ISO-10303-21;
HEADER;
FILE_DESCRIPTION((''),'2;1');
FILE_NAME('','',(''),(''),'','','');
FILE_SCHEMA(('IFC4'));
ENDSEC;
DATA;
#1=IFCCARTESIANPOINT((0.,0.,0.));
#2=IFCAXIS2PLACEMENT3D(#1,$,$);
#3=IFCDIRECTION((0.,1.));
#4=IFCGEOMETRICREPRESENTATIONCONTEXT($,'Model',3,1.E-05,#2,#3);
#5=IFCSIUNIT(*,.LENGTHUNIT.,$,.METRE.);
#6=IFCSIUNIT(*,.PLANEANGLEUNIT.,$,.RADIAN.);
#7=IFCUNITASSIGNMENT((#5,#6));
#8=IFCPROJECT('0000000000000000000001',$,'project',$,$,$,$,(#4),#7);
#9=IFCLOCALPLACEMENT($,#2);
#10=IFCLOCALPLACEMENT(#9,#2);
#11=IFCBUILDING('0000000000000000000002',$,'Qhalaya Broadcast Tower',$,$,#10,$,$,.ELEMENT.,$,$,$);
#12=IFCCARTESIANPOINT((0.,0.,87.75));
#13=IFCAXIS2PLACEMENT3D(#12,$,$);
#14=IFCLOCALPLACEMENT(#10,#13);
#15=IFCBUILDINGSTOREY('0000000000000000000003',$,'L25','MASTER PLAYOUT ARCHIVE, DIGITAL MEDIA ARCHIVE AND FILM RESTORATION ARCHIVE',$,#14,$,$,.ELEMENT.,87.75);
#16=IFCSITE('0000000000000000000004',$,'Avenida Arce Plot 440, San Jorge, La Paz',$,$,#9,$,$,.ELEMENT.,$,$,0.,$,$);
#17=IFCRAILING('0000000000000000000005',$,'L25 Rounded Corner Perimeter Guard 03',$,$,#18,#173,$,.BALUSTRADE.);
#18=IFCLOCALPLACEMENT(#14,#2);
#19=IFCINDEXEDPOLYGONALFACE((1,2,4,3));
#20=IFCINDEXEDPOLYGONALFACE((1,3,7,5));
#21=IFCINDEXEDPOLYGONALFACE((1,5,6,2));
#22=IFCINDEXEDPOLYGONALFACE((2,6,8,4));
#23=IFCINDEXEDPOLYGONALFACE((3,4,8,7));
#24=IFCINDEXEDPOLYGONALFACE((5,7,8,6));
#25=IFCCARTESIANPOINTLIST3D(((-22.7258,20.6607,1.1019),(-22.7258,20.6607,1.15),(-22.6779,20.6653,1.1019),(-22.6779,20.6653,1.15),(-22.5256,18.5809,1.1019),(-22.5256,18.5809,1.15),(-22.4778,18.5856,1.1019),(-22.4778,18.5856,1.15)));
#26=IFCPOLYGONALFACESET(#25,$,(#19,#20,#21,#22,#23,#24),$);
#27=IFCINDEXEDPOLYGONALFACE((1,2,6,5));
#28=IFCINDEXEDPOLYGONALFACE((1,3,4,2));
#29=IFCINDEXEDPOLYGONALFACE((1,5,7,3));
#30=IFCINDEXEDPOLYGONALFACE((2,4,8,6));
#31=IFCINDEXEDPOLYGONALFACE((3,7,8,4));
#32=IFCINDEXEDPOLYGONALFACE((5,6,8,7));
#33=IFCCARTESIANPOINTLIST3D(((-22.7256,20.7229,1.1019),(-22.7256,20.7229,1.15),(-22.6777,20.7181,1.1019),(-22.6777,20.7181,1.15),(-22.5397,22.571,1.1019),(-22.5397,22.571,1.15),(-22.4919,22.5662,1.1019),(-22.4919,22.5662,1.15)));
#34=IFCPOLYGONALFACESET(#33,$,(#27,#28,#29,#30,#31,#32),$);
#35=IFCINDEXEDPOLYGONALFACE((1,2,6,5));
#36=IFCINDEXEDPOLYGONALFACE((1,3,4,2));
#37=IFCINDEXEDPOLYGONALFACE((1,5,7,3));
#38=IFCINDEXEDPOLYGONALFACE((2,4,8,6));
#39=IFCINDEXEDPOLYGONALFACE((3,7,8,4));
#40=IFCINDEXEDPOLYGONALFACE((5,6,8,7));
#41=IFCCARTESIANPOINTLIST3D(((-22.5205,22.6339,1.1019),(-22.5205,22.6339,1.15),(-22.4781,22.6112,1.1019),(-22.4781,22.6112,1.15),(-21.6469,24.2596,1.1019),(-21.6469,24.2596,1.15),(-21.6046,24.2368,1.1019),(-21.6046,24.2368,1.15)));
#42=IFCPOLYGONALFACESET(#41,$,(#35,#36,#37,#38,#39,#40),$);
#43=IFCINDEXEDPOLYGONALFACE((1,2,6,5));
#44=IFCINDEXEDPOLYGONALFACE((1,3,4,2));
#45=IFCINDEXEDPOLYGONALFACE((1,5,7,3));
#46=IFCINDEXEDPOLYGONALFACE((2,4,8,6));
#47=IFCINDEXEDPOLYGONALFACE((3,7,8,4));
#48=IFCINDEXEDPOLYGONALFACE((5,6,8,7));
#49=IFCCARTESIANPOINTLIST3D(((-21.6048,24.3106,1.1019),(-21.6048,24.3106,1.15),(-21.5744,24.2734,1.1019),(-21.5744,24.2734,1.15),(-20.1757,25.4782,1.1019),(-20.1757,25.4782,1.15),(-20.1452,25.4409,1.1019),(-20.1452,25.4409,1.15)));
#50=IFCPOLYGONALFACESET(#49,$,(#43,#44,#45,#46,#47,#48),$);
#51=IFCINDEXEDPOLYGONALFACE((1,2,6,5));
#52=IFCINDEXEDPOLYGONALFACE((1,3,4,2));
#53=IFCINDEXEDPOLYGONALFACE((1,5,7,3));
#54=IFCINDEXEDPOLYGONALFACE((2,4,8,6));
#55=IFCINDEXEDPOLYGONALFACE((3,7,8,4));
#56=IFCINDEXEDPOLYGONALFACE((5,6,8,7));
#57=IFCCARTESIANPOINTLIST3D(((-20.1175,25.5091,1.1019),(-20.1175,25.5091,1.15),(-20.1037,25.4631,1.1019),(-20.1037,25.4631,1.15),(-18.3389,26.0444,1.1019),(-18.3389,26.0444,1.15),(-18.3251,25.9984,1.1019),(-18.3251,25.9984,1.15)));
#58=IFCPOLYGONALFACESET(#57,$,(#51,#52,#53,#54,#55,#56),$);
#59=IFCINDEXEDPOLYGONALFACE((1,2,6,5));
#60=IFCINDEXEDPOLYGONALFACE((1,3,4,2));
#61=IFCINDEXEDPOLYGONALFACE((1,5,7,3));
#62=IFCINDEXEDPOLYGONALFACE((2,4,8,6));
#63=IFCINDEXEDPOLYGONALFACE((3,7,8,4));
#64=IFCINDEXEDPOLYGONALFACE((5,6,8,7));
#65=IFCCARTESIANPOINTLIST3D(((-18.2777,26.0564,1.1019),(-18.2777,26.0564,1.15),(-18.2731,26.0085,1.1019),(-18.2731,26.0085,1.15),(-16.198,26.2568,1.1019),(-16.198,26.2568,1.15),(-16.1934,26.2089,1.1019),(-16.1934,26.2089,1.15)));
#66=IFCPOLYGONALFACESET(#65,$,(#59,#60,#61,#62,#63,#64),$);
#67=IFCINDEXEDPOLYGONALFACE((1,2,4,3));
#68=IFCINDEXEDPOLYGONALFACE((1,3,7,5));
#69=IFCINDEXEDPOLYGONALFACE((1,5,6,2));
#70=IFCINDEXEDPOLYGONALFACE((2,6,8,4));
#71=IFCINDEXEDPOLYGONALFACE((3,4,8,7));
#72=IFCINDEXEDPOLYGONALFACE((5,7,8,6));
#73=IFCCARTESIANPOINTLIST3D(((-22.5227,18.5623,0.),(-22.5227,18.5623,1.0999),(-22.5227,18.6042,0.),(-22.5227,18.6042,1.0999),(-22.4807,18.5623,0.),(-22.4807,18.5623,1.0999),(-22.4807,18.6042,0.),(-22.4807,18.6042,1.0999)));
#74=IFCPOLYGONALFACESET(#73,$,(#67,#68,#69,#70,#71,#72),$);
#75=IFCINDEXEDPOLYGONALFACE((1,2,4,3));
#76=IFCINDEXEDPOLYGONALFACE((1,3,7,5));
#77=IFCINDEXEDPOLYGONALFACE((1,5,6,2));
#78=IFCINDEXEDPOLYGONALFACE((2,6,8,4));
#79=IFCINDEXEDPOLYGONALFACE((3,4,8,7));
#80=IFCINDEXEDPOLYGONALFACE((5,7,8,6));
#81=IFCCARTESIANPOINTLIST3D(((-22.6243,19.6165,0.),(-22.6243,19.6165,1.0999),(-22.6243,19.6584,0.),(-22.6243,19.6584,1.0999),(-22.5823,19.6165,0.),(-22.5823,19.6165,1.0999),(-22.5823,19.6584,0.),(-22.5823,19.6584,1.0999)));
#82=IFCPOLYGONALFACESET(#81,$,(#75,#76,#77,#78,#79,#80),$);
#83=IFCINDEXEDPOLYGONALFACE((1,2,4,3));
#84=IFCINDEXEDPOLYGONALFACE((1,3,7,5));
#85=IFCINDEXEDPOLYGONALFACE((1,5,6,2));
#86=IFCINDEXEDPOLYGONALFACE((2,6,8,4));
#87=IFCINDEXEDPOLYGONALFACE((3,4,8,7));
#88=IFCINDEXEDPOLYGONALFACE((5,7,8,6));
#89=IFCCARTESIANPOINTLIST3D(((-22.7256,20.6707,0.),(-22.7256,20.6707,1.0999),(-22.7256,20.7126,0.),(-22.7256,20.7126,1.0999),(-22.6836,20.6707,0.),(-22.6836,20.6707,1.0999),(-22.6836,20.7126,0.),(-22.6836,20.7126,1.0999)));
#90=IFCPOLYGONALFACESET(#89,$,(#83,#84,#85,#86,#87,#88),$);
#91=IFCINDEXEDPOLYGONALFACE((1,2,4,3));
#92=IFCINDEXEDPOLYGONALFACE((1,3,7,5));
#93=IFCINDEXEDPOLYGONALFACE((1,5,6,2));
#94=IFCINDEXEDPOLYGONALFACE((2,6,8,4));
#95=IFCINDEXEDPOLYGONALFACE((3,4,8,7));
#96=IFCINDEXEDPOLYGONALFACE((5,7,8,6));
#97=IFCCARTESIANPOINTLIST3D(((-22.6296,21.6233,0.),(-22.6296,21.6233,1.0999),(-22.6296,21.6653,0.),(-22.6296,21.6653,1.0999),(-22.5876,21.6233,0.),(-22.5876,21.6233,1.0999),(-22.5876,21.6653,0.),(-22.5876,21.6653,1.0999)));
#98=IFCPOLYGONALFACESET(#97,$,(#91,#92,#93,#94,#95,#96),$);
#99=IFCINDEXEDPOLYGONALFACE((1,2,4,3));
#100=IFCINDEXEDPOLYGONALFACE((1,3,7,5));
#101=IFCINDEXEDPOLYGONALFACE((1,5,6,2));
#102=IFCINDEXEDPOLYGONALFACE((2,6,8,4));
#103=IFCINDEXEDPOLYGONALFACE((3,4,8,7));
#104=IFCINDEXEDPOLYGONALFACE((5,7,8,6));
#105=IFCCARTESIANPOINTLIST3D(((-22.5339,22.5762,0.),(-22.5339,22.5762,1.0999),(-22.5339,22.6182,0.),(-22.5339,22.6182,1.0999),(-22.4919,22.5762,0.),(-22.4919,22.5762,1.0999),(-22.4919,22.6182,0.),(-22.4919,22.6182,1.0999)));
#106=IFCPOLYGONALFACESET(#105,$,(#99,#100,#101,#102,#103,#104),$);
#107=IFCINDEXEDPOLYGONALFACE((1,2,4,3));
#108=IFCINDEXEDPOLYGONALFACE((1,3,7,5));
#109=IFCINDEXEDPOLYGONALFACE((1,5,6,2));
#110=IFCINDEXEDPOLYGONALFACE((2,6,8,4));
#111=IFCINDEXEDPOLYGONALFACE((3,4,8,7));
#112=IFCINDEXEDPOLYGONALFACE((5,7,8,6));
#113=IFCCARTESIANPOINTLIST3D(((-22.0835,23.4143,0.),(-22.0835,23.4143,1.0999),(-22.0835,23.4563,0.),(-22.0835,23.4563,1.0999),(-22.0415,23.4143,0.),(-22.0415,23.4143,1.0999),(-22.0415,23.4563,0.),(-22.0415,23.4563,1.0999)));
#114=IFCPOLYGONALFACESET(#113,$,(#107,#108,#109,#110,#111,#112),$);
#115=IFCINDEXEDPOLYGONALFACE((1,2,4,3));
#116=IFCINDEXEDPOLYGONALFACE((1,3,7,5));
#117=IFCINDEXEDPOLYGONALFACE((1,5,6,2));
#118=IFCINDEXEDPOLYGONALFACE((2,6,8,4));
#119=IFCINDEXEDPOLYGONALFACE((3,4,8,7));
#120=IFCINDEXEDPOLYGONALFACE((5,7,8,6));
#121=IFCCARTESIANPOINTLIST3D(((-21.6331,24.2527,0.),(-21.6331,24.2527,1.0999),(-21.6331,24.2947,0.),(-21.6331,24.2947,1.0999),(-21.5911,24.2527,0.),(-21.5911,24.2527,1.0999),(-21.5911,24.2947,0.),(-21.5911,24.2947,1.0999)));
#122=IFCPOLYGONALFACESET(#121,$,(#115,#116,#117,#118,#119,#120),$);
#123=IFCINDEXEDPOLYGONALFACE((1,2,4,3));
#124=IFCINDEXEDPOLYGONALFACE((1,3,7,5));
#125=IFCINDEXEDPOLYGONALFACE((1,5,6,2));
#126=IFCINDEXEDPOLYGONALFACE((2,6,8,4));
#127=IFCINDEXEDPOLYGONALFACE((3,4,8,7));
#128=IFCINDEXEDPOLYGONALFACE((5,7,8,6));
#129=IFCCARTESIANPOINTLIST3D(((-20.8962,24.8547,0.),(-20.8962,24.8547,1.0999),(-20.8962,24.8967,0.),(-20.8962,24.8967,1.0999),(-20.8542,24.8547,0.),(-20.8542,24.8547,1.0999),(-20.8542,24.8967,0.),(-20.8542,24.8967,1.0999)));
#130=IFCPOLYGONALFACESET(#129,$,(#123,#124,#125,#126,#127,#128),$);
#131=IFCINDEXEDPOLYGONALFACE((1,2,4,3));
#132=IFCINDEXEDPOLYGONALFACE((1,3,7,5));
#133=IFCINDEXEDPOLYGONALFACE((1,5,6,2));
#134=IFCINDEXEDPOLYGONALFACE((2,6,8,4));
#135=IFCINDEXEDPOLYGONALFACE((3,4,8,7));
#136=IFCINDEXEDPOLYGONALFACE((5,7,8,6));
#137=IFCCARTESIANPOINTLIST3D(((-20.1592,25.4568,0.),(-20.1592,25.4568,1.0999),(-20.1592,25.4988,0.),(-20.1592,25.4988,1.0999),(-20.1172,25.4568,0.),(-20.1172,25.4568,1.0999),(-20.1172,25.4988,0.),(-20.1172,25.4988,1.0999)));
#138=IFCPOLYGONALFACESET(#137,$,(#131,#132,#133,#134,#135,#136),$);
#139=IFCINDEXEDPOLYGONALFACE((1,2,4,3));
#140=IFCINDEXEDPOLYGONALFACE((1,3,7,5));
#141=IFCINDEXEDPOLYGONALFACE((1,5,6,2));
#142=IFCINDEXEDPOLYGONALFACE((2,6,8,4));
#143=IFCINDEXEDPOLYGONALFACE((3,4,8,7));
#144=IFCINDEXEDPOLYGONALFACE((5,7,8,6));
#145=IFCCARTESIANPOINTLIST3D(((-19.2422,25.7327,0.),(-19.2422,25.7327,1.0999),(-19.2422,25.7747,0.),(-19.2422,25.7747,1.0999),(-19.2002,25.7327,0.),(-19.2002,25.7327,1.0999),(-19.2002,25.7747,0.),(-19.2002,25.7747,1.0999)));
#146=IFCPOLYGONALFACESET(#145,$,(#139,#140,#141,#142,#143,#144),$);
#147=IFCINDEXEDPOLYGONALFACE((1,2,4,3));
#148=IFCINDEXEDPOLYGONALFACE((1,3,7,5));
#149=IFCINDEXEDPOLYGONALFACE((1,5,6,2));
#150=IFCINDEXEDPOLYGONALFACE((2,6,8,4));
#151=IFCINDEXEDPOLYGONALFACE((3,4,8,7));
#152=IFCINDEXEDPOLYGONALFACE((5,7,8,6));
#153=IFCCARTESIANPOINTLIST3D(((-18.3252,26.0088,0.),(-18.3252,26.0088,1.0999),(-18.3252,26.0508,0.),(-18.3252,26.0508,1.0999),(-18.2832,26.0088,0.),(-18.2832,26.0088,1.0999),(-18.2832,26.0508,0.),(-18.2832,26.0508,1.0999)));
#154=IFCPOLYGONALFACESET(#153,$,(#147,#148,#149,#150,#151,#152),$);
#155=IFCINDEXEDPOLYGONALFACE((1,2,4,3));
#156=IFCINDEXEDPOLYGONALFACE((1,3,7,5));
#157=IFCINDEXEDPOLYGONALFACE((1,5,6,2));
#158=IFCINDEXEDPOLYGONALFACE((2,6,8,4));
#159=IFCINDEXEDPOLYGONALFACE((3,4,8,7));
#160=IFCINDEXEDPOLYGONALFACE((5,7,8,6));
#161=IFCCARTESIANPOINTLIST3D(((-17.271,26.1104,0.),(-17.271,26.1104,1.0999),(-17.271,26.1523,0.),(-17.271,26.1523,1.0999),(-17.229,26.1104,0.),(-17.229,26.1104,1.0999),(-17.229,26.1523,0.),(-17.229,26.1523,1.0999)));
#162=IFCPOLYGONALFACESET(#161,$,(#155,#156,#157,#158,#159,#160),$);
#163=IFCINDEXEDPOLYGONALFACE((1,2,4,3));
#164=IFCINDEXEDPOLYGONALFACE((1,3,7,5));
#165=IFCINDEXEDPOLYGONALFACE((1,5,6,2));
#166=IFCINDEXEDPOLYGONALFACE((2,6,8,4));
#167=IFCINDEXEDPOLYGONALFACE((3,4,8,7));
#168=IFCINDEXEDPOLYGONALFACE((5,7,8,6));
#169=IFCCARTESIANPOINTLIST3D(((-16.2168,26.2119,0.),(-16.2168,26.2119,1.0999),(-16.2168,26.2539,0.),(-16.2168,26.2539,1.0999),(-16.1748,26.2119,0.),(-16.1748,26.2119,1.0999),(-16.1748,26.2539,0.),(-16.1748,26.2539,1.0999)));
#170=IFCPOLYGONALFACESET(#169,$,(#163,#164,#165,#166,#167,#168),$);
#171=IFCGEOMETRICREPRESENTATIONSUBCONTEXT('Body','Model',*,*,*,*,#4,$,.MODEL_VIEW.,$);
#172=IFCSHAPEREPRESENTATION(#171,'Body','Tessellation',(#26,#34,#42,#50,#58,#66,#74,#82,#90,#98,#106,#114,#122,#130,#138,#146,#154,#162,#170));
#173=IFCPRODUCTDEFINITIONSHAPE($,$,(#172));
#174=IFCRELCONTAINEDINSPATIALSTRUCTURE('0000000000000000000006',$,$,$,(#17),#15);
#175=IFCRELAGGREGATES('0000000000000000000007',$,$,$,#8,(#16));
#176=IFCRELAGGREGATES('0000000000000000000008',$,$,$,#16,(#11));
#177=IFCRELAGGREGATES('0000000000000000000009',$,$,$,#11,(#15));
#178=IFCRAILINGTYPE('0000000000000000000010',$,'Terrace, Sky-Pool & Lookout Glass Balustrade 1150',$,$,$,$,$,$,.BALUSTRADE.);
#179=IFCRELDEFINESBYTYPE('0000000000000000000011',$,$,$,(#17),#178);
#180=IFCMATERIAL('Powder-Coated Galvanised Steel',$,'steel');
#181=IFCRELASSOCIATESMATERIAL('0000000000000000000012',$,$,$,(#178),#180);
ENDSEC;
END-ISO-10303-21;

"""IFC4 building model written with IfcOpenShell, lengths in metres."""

from ifc_helpers import new_model, si_unit, direction, frame, origin, origin_2d, place, context, subcontext, project, spatial, rectangle, extrude, material, type_object, element, save


model = new_model("IFC4")

# Units and contexts
model_context = context("Model", 3, precision=1e-05, world=origin(), true_north=direction((0.0, 1.0)))
body_context = subcontext(model_context, "Body", "Model", "MODEL_VIEW")
ifc_project = project(units=[si_unit("LENGTHUNIT", "METRE"), si_unit("PLANEANGLEUNIT", "RADIAN")], contexts=[model_context])

# Site, building, storey
site_placement = place(None, origin())
site = spatial("IfcSite", under=ifc_project, at=site_placement, Name="Avenida Arce Plot 440, San Jorge, La Paz", CompositionType="ELEMENT", RefElevation=0.0)
building_placement = place(site_placement, origin())
building = spatial("IfcBuilding", under=site, at=building_placement, Name="Qhalaya Broadcast Tower", CompositionType="ELEMENT")
storey_placement = place(building_placement, frame((0.0, 0.0, 87.75)))
storey = spatial("IfcBuildingStorey", under=building, at=storey_placement, Name="L25", Description="MASTER PLAYOUT ARCHIVE, DIGITAL MEDIA ARCHIVE AND FILM RESTORATION ARCHIVE", CompositionType="ELEMENT", Elevation=87.75)

# Railing
ifc_material_1 = material(Name="Powder-Coated Galvanised Steel", Category="steel")
railing_type = type_object("IfcRailingType", Name="Terrace, Sky-Pool & Lookout Glass Balustrade 1150", PredefinedType="BALUSTRADE", material=ifc_material_1)
railing_placement = place(storey_placement, frame((-22.5017, 18.5833, 0.0)))
element("IfcRailing", 1, at=railing_placement, inside=storey, type_object=railing_type, Name="L25 Rounded Corner Perimeter Guard 03", PredefinedType="BALUSTRADE", context=body_context, shape_type="SweptSolid", body=[
    extrude(rectangle(XDim=0.0481, YDim=0.0481, at=origin_2d()), frame((0.0, 0.0, 1.126), z_axis=(-0.095783, 0.995402, 0.0), x_axis=(-0.995402, -0.095783, 0.0)), (0.0, 0.0, 1.0), 2.0894),
    extrude(rectangle(XDim=0.0481, YDim=0.0481, at=origin_2d()), frame((-0.2, 2.1372, 1.126), z_axis=(0.100072, 0.99498, 0.0), x_axis=(-0.99498, 0.100072, 0.0)), (0.0, 0.0, 1.0), 1.8574),
    extrude(rectangle(XDim=0.0481, YDim=0.0481, at=origin_2d()), frame((0.0024, 4.0393, 1.126), z_axis=(0.473342, 0.880879, 0.0), x_axis=(-0.880879, 0.473342, 0.0)), (0.0, 0.0, 1.0), 1.8455),
    extrude(rectangle(XDim=0.0481, YDim=0.0481, at=origin_2d()), frame((0.9121, 5.7087, 1.126), z_axis=(0.77442, 0.632672, 0.0), x_axis=(-0.632672, 0.77442, 0.0)), (0.0, 0.0, 1.0), 1.8455),
    extrude(rectangle(XDim=0.0481, YDim=0.0481, at=origin_2d()), frame((2.3911, 6.9028, 1.126), z_axis=(0.957566, 0.288213, 0.0), x_axis=(-0.288213, 0.957566, 0.0)), (0.0, 0.0, 1.0), 1.8574),
    extrude(rectangle(XDim=0.0481, YDim=0.0481, at=origin_2d()), frame((4.2263, 7.4492, 1.126), z_axis=(0.995391, 0.095897, 0.0), x_axis=(-0.095897, 0.995391, 0.0)), (0.0, 0.0, 1.0), 2.0894),
    extrude(rectangle(XDim=0.042, YDim=0.042, at=origin_2d()), origin(), (0.0, 0.0, 1.0), 1.0999),
    extrude(rectangle(XDim=0.042, YDim=0.042, at=origin_2d()), frame((-0.1016, 1.0542, 0.0)), (0.0, 0.0, 1.0), 1.0999),
    extrude(rectangle(XDim=0.042, YDim=0.042, at=origin_2d()), frame((-0.2029, 2.1084, 0.0)), (0.0, 0.0, 1.0), 1.0999),
    extrude(rectangle(XDim=0.042, YDim=0.042, at=origin_2d()), frame((-0.1069, 3.061, 0.0)), (0.0, 0.0, 1.0), 1.0999),
    extrude(rectangle(XDim=0.042, YDim=0.042, at=origin_2d()), frame((-0.0112, 4.0139, 0.0)), (0.0, 0.0, 1.0), 1.0999),
    extrude(rectangle(XDim=0.042, YDim=0.042, at=origin_2d()), frame((0.4392, 4.8521, 0.0)), (0.0, 0.0, 1.0), 1.0999),
    extrude(rectangle(XDim=0.042, YDim=0.042, at=origin_2d()), frame((0.8896, 5.6904, 0.0)), (0.0, 0.0, 1.0), 1.0999),
    extrude(rectangle(XDim=0.042, YDim=0.042, at=origin_2d()), frame((1.6265, 6.2925, 0.0)), (0.0, 0.0, 1.0), 1.0999),
    extrude(rectangle(XDim=0.042, YDim=0.042, at=origin_2d()), frame((2.3635, 6.8945, 0.0)), (0.0, 0.0, 1.0), 1.0999),
    extrude(rectangle(XDim=0.042, YDim=0.042, at=origin_2d()), frame((3.2805, 7.1704, 0.0)), (0.0, 0.0, 1.0), 1.0999),
    extrude(rectangle(XDim=0.042, YDim=0.042, at=origin_2d()), frame((4.1975, 7.4465, 0.0)), (0.0, 0.0, 1.0), 1.0999),
    extrude(rectangle(XDim=0.042, YDim=0.042, at=origin_2d()), frame((5.2517, 7.5481, 0.0)), (0.0, 0.0, 1.0), 1.0999),
    extrude(rectangle(XDim=0.042, YDim=0.042, at=origin_2d()), frame((6.3059, 7.6497, 0.0)), (0.0, 0.0, 1.0), 1.0999),
])

save(model, "model.ifc")
